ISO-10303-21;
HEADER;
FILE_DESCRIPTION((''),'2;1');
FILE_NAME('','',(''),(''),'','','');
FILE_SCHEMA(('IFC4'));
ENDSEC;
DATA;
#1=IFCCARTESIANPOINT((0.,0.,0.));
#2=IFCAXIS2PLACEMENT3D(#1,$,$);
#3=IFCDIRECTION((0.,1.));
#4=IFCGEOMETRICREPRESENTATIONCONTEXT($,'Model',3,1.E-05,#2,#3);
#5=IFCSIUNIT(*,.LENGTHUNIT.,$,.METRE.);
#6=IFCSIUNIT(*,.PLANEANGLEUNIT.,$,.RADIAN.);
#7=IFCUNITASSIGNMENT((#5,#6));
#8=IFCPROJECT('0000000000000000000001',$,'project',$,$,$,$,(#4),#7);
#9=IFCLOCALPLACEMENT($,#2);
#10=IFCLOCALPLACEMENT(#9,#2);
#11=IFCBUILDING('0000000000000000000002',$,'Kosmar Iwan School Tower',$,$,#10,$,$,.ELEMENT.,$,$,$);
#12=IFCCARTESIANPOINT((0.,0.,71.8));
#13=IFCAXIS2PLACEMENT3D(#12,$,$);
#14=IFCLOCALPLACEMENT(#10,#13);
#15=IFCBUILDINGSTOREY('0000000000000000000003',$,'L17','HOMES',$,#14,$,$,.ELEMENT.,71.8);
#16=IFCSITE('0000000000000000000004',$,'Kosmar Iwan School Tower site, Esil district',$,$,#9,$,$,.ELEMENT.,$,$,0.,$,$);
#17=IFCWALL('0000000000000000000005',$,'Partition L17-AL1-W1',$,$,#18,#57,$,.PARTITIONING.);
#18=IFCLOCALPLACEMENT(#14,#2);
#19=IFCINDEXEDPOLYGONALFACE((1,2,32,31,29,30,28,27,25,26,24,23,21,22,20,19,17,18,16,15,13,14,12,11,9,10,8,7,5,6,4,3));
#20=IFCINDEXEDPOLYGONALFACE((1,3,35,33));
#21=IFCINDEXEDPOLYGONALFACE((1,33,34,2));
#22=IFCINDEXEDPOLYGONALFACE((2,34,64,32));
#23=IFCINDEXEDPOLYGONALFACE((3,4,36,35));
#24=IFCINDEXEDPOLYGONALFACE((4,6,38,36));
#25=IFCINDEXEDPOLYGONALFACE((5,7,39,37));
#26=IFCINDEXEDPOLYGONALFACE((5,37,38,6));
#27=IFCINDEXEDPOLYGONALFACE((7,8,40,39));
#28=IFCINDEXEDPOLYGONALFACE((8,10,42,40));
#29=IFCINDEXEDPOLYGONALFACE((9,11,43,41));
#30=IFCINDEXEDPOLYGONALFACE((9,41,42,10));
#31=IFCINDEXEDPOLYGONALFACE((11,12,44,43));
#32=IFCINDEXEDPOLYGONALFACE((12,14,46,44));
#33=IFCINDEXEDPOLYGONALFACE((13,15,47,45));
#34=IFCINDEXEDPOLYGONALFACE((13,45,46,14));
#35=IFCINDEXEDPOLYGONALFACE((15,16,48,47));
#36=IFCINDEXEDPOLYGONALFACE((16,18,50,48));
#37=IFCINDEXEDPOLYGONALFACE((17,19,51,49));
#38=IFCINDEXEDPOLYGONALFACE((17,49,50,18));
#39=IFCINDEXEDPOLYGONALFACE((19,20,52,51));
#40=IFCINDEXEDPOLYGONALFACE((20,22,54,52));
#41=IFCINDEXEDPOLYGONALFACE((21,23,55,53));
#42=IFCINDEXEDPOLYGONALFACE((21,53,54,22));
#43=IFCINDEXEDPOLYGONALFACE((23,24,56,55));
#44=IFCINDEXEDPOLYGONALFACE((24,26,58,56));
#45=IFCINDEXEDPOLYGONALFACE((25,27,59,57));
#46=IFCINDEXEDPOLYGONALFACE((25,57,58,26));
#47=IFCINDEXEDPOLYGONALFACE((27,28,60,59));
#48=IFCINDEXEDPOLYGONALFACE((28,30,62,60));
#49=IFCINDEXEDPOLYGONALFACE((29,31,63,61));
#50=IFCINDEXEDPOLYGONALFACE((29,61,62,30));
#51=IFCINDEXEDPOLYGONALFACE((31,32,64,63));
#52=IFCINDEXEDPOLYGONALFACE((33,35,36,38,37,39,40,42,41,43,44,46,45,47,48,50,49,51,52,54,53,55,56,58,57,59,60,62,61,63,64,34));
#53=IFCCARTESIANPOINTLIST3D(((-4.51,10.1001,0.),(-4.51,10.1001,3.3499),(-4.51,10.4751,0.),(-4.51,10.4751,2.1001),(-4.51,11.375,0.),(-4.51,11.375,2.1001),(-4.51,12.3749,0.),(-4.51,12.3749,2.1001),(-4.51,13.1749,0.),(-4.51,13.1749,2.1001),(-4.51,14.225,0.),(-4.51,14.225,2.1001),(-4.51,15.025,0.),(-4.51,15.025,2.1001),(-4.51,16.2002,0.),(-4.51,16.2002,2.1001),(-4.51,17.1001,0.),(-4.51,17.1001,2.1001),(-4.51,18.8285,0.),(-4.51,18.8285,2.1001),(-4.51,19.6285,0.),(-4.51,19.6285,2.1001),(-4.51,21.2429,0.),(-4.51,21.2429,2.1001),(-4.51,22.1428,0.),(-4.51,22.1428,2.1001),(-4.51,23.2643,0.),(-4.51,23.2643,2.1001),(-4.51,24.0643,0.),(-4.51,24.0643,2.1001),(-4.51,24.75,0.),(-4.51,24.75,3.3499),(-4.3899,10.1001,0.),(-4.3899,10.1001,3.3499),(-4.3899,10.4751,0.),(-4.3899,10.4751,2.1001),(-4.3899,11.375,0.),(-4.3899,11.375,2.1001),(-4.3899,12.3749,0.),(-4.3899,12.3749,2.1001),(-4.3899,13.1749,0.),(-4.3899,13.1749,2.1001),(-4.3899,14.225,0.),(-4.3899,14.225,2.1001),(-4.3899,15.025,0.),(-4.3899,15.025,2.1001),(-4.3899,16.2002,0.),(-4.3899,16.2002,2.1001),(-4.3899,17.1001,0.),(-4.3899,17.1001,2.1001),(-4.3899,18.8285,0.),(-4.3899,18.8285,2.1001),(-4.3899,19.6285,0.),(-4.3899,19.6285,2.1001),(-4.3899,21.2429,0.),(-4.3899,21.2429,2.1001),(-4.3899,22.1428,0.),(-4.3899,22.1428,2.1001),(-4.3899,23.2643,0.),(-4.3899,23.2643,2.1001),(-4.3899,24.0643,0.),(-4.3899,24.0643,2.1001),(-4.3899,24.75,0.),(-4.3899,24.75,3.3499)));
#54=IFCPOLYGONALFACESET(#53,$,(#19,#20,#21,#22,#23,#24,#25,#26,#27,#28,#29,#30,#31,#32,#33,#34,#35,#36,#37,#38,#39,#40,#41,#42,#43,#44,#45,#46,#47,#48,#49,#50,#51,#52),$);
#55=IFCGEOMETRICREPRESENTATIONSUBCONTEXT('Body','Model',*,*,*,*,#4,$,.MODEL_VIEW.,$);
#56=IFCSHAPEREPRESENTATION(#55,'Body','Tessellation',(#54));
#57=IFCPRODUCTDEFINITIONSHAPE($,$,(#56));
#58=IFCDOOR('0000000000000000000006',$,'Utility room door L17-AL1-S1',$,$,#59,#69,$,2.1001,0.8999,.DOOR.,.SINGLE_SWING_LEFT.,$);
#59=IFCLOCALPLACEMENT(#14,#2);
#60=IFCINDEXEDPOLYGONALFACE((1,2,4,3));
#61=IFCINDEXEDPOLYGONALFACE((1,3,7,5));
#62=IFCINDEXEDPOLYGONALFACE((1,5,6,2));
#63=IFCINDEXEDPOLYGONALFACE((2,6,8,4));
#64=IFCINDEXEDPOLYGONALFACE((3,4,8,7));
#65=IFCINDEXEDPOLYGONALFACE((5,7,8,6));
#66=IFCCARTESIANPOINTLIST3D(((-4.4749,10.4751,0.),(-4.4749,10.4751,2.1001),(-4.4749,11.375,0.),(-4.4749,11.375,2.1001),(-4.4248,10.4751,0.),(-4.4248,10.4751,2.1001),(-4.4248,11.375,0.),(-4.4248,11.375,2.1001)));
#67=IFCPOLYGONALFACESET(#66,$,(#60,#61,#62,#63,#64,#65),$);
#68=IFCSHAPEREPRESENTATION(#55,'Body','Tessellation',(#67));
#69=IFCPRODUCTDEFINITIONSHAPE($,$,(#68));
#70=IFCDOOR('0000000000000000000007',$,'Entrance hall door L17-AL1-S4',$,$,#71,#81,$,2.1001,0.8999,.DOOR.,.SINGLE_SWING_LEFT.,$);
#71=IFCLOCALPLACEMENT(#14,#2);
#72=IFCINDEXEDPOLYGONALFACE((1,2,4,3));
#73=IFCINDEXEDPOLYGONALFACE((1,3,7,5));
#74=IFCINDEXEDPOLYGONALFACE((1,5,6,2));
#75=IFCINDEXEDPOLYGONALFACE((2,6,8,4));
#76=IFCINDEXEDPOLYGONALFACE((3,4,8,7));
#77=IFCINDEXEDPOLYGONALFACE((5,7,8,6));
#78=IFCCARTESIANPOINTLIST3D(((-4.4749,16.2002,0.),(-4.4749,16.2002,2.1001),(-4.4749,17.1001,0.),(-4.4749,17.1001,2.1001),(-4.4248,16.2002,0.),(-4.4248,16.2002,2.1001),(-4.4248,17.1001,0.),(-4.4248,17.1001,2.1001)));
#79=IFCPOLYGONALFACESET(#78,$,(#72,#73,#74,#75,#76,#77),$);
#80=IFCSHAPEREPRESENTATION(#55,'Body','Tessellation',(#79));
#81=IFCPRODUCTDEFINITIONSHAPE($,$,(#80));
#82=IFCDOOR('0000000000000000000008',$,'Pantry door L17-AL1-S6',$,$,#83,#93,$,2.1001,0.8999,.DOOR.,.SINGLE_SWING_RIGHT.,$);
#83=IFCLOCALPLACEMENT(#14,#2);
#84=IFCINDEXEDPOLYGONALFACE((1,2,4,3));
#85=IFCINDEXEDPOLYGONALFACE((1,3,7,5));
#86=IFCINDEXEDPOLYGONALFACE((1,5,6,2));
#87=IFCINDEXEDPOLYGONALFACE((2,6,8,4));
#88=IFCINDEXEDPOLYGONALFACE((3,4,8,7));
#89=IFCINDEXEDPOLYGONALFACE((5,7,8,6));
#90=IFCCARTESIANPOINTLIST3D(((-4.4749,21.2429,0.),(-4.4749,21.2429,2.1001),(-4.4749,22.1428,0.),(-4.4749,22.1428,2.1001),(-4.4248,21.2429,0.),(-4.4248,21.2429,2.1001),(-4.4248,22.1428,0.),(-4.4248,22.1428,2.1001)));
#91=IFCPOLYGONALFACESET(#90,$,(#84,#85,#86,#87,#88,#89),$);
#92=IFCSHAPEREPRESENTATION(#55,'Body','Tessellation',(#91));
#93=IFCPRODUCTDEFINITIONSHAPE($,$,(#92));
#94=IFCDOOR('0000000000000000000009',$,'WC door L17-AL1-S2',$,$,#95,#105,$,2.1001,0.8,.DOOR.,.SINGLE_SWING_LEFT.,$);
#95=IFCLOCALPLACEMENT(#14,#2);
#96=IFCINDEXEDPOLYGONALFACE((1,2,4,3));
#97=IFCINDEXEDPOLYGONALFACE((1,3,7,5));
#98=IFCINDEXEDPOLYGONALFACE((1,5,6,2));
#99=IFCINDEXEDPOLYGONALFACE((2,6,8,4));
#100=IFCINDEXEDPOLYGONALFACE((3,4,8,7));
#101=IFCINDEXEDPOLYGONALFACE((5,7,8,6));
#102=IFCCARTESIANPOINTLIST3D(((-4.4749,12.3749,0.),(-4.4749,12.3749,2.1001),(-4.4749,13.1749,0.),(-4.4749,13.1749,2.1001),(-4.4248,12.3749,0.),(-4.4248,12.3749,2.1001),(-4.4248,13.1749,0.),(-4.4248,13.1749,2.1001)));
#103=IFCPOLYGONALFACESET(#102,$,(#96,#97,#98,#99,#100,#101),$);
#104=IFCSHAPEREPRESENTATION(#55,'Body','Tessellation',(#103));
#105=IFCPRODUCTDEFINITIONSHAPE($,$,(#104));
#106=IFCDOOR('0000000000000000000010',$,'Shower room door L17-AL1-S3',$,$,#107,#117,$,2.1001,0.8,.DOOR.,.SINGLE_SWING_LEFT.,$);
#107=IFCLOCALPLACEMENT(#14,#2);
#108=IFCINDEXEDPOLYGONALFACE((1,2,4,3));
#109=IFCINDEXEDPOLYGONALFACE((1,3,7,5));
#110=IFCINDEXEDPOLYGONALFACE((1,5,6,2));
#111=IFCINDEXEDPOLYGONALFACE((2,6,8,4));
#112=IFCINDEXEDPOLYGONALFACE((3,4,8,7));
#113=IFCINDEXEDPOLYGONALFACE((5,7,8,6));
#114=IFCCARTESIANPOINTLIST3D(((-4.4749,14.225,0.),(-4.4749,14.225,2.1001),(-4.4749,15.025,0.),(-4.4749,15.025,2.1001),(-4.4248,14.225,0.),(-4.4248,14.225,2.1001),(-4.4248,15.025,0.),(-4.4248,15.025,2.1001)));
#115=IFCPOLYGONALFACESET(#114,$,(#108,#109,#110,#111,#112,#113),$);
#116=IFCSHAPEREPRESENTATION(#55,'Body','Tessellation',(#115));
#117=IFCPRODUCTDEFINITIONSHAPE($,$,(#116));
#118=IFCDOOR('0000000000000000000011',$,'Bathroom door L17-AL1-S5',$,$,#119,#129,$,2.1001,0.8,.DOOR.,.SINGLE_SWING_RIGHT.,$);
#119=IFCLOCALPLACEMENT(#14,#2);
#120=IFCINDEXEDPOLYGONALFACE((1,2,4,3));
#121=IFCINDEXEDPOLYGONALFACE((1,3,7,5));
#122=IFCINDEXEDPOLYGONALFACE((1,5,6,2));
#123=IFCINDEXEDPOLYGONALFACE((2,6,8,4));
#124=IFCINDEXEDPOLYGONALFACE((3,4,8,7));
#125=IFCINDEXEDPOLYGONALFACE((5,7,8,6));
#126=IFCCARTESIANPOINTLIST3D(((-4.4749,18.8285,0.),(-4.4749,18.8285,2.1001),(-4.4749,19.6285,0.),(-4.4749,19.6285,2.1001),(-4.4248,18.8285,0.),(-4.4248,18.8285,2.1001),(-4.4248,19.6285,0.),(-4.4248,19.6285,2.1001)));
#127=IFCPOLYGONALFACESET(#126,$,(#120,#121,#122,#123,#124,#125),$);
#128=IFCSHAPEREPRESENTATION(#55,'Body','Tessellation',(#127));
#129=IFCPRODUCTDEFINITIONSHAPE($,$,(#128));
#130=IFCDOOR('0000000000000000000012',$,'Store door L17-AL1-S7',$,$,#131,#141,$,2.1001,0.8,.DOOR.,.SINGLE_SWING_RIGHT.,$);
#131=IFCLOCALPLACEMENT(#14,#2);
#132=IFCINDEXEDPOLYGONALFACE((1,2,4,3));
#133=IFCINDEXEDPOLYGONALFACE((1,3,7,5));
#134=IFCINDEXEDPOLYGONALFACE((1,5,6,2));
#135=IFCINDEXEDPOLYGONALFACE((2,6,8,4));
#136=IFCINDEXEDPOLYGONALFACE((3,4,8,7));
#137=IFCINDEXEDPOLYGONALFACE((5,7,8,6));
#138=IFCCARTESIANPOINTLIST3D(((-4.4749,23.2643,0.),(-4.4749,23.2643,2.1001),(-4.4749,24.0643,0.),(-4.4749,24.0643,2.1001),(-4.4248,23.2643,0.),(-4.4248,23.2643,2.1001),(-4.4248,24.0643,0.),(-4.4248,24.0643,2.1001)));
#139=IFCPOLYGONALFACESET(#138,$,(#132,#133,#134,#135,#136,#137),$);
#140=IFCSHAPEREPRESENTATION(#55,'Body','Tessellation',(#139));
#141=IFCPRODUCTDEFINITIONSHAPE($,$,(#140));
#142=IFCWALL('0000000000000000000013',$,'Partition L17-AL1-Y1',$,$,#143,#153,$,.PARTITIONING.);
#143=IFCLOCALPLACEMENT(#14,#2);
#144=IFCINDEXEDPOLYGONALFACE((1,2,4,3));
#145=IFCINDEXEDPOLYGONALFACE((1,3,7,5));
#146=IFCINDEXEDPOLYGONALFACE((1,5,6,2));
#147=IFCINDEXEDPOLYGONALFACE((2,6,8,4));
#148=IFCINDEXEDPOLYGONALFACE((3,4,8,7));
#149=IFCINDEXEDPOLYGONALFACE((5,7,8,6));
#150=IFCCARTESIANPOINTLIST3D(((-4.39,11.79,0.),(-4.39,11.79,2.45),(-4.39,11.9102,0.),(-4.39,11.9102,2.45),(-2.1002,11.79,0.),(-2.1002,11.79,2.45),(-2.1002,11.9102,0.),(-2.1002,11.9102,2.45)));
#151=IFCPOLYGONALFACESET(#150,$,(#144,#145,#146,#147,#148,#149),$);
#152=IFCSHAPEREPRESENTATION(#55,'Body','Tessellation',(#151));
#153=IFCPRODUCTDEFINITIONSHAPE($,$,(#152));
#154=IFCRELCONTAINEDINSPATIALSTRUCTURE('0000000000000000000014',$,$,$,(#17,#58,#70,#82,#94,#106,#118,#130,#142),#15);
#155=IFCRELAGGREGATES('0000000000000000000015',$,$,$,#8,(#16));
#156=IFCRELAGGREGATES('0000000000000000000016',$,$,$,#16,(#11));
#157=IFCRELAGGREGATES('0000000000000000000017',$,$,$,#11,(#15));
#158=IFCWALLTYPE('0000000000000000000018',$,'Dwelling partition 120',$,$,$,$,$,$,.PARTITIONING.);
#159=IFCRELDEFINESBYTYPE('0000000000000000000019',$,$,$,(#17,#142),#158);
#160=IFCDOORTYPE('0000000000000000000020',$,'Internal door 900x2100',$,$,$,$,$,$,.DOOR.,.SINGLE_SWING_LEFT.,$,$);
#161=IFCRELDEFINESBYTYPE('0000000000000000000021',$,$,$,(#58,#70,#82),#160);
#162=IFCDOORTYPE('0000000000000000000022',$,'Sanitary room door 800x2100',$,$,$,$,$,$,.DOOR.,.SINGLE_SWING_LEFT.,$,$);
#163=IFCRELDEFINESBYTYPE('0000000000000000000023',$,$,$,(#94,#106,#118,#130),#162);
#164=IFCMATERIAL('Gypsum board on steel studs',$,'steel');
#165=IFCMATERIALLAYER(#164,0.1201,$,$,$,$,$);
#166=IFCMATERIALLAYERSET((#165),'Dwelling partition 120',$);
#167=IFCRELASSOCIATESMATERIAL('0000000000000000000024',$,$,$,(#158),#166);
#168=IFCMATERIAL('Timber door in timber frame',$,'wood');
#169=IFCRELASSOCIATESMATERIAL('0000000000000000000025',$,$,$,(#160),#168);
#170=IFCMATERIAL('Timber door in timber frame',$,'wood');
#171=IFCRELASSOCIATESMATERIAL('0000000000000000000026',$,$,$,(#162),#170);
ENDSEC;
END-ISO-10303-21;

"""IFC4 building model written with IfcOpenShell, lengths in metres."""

from ifc_helpers import new_model, si_unit, direction, frame, frame_2d, origin, place, context, subcontext, project, spatial, rectangle, extrude, material, layer, layer_set, type_object, element, fill, save


model = new_model("IFC4")

# Units and contexts
model_context = context("Model", 3, precision=1e-05, world=origin(), true_north=direction((0.0, 1.0)))
body_context = subcontext(model_context, "Body", "Model", "MODEL_VIEW")
ifc_project = project(units=[si_unit("LENGTHUNIT", "METRE"), si_unit("PLANEANGLEUNIT", "RADIAN")], contexts=[model_context])

# Site, building, storey
site_placement = place(None, origin())
site = spatial("IfcSite", under=ifc_project, at=site_placement, Name="Kosmar Iwan School Tower site, Esil district", CompositionType="ELEMENT", RefElevation=0.0)
building_placement = place(site_placement, origin())
building = spatial("IfcBuilding", under=site, at=building_placement, Name="Kosmar Iwan School Tower", CompositionType="ELEMENT")
storey_placement = place(building_placement, frame((0.0, 0.0, 71.8)))
storey = spatial("IfcBuildingStorey", under=building, at=storey_placement, Name="L17", Description="HOMES", CompositionType="ELEMENT", Elevation=71.8)

# Wall, openings, doors
ifc_material_1 = material(Name="Gypsum board on steel studs", Category="steel")
ifc_layer_1 = layer(ifc_material_1, 0.1201)
ifc_layer_set_1 = layer_set([ifc_layer_1], Name="Dwelling partition 120")
wall_type_1 = type_object("IfcWallType", Name="Dwelling partition 120", PredefinedType="PARTITIONING", material=ifc_layer_set_1)
wall_1_placement = place(storey_placement, frame((-4.45, 10.1001, 0.0), z_axis=(0.0, 0.0, 1.0), x_axis=(0.0, 1.0, 0.0)))
wall_1 = element("IfcWall", 1, at=wall_1_placement, inside=storey, type_object=wall_type_1, Name="Partition L17-AL1-W1", PredefinedType="PARTITIONING", context=body_context, shape_type="SweptSolid", body=[
    extrude(rectangle(XDim=14.6499, YDim=0.1201, at=frame_2d((7.325, 0.0))), origin(), (0.0, 0.0, 1.0), 3.3499),
])
opening_1_placement = place(wall_1_placement, frame((0.375, 0.0, 0.0)))
opening_1 = element("IfcOpeningElement", 2, at=opening_1_placement, cuts=wall_1, PredefinedType="OPENING", context=body_context, shape_type="SweptSolid", body=[
    extrude(rectangle(XDim=0.8999, YDim=2.1001, at=frame_2d((0.45, 1.05))), frame((0.0, 0.072, 0.0), z_axis=(0.0, -1.0, 0.0), x_axis=(1.0, 0.0, 0.0)), (0.0, 0.0, 1.0), 0.144),
])
opening_2_placement = place(wall_1_placement, frame((2.2749, 0.0, 0.0)))
opening_2 = element("IfcOpeningElement", 3, at=opening_2_placement, cuts=wall_1, PredefinedType="OPENING", context=body_context, shape_type="SweptSolid", body=[
    extrude(rectangle(XDim=0.8, YDim=2.1001, at=frame_2d((0.3999, 1.05))), frame((0.0, 0.072, 0.0), z_axis=(0.0, -1.0, 0.0), x_axis=(1.0, 0.0, 0.0)), (0.0, 0.0, 1.0), 0.144),
])
opening_3_placement = place(wall_1_placement, frame((4.125, 0.0, 0.0)))
opening_3 = element("IfcOpeningElement", 4, at=opening_3_placement, cuts=wall_1, PredefinedType="OPENING", context=body_context, shape_type="SweptSolid", body=[
    extrude(rectangle(XDim=0.8, YDim=2.1001, at=frame_2d((0.3999, 1.05))), frame((0.0, 0.072, 0.0), z_axis=(0.0, -1.0, 0.0), x_axis=(1.0, 0.0, 0.0)), (0.0, 0.0, 1.0), 0.144),
])
opening_4_placement = place(wall_1_placement, frame((6.1001, 0.0, 0.0)))
opening_4 = element("IfcOpeningElement", 5, at=opening_4_placement, cuts=wall_1, PredefinedType="OPENING", context=body_context, shape_type="SweptSolid", body=[
    extrude(rectangle(XDim=0.8999, YDim=2.1001, at=frame_2d((0.45, 1.05))), frame((0.0, 0.072, 0.0), z_axis=(0.0, -1.0, 0.0), x_axis=(1.0, 0.0, 0.0)), (0.0, 0.0, 1.0), 0.144),
])
opening_5_placement = place(wall_1_placement, frame((8.7285, 0.0, 0.0)))
opening_5 = element("IfcOpeningElement", 6, at=opening_5_placement, cuts=wall_1, PredefinedType="OPENING", context=body_context, shape_type="SweptSolid", body=[
    extrude(rectangle(XDim=0.8, YDim=2.1001, at=frame_2d((0.3999, 1.05))), frame((0.0, 0.072, 0.0), z_axis=(0.0, -1.0, 0.0), x_axis=(1.0, 0.0, 0.0)), (0.0, 0.0, 1.0), 0.144),
])
opening_6_placement = place(wall_1_placement, frame((11.1428, 0.0, 0.0)))
opening_6 = element("IfcOpeningElement", 7, at=opening_6_placement, cuts=wall_1, PredefinedType="OPENING", context=body_context, shape_type="SweptSolid", body=[
    extrude(rectangle(XDim=0.8999, YDim=2.1001, at=frame_2d((0.45, 1.05))), frame((0.0, 0.072, 0.0), z_axis=(0.0, -1.0, 0.0), x_axis=(1.0, 0.0, 0.0)), (0.0, 0.0, 1.0), 0.144),
])
opening_7_placement = place(wall_1_placement, frame((13.1643, 0.0, 0.0)))
opening_7 = element("IfcOpeningElement", 8, at=opening_7_placement, cuts=wall_1, PredefinedType="OPENING", context=body_context, shape_type="SweptSolid", body=[
    extrude(rectangle(XDim=0.8, YDim=2.1001, at=frame_2d((0.3999, 1.05))), frame((0.0, 0.072, 0.0), z_axis=(0.0, -1.0, 0.0), x_axis=(1.0, 0.0, 0.0)), (0.0, 0.0, 1.0), 0.144),
])
ifc_material_2 = material(Name="Timber door in timber frame", Category="wood")
door_type_1 = type_object("IfcDoorType", Name="Internal door 900x2100", OperationType="SINGLE_SWING_LEFT", PredefinedType="DOOR", material=ifc_material_2)
door_1_placement = place(opening_1_placement, origin())
door_1 = element("IfcDoor", 9, at=door_1_placement, inside=storey, type_object=door_type_1, Name="Utility room door L17-AL1-S1", OperationType="SINGLE_SWING_LEFT", OverallHeight=2.1001, OverallWidth=0.8999, PredefinedType="DOOR", context=body_context, shape_type="SweptSolid", body=[
    extrude(rectangle(XDim=0.8999, YDim=2.1001, at=frame_2d((0.45, 1.05))), frame((0.0, 0.0249, 0.0), z_axis=(0.0, -1.0, 0.0), x_axis=(1.0, 0.0, 0.0)), (0.0, 0.0, 1.0), 0.05),
])
fill(opening_1, door_1)
door_2_placement = place(opening_4_placement, origin())
door_2 = element("IfcDoor", 10, at=door_2_placement, inside=storey, type_object=door_type_1, Name="Entrance hall door L17-AL1-S4", OperationType="SINGLE_SWING_LEFT", OverallHeight=2.1001, OverallWidth=0.8999, PredefinedType="DOOR", context=body_context, shape_type="SweptSolid", body=[
    extrude(rectangle(XDim=0.8999, YDim=2.1001, at=frame_2d((0.45, 1.05))), frame((0.0, 0.0249, 0.0), z_axis=(0.0, -1.0, 0.0), x_axis=(1.0, 0.0, 0.0)), (0.0, 0.0, 1.0), 0.05),
])
fill(opening_4, door_2)
door_3_placement = place(opening_6_placement, origin())
door_3 = element("IfcDoor", 11, at=door_3_placement, inside=storey, type_object=door_type_1, Name="Pantry door L17-AL1-S6", OperationType="SINGLE_SWING_RIGHT", OverallHeight=2.1001, OverallWidth=0.8999, PredefinedType="DOOR", context=body_context, shape_type="SweptSolid", body=[
    extrude(rectangle(XDim=0.8999, YDim=2.1001, at=frame_2d((0.45, 1.05))), frame((0.0, 0.0249, 0.0), z_axis=(0.0, -1.0, 0.0), x_axis=(1.0, 0.0, 0.0)), (0.0, 0.0, 1.0), 0.05),
])
fill(opening_6, door_3)
ifc_material_3 = material(Name="Timber door in timber frame", Category="wood")
door_type_2 = type_object("IfcDoorType", Name="Sanitary room door 800x2100", OperationType="SINGLE_SWING_LEFT", PredefinedType="DOOR", material=ifc_material_3)
door_4_placement = place(opening_2_placement, origin())
door_4 = element("IfcDoor", 12, at=door_4_placement, inside=storey, type_object=door_type_2, Name="WC door L17-AL1-S2", OperationType="SINGLE_SWING_LEFT", OverallHeight=2.1001, OverallWidth=0.8, PredefinedType="DOOR", context=body_context, shape_type="SweptSolid", body=[
    extrude(rectangle(XDim=0.8, YDim=2.1001, at=frame_2d((0.3999, 1.05))), frame((0.0, 0.0249, 0.0), z_axis=(0.0, -1.0, 0.0), x_axis=(1.0, 0.0, 0.0)), (0.0, 0.0, 1.0), 0.05),
])
fill(opening_2, door_4)
door_5_placement = place(opening_3_placement, origin())
door_5 = element("IfcDoor", 13, at=door_5_placement, inside=storey, type_object=door_type_2, Name="Shower room door L17-AL1-S3", OperationType="SINGLE_SWING_LEFT", OverallHeight=2.1001, OverallWidth=0.8, PredefinedType="DOOR", context=body_context, shape_type="SweptSolid", body=[
    extrude(rectangle(XDim=0.8, YDim=2.1001, at=frame_2d((0.3999, 1.05))), frame((0.0, 0.0249, 0.0), z_axis=(0.0, -1.0, 0.0), x_axis=(1.0, 0.0, 0.0)), (0.0, 0.0, 1.0), 0.05),
])
fill(opening_3, door_5)
door_6_placement = place(opening_5_placement, origin())
door_6 = element("IfcDoor", 14, at=door_6_placement, inside=storey, type_object=door_type_2, Name="Bathroom door L17-AL1-S5", OperationType="SINGLE_SWING_RIGHT", OverallHeight=2.1001, OverallWidth=0.8, PredefinedType="DOOR", context=body_context, shape_type="SweptSolid", body=[
    extrude(rectangle(XDim=0.8, YDim=2.1001, at=frame_2d((0.3999, 1.05))), frame((0.0, 0.0249, 0.0), z_axis=(0.0, -1.0, 0.0), x_axis=(1.0, 0.0, 0.0)), (0.0, 0.0, 1.0), 0.05),
])
fill(opening_5, door_6)
door_7_placement = place(opening_7_placement, origin())
door_7 = element("IfcDoor", 15, at=door_7_placement, inside=storey, type_object=door_type_2, Name="Store door L17-AL1-S7", OperationType="SINGLE_SWING_RIGHT", OverallHeight=2.1001, OverallWidth=0.8, PredefinedType="DOOR", context=body_context, shape_type="SweptSolid", body=[
    extrude(rectangle(XDim=0.8, YDim=2.1001, at=frame_2d((0.3999, 1.05))), frame((0.0, 0.0249, 0.0), z_axis=(0.0, -1.0, 0.0), x_axis=(1.0, 0.0, 0.0)), (0.0, 0.0, 1.0), 0.05),
])
fill(opening_7, door_7)

# Wall
wall_2_placement = place(storey_placement, frame((-2.1001, 11.8501, 0.0), z_axis=(0.0, 0.0, 1.0), x_axis=(-1.0, 0.0, 0.0)))
element("IfcWall", 16, at=wall_2_placement, inside=storey, type_object=wall_type_1, Name="Partition L17-AL1-Y1", PredefinedType="PARTITIONING", context=body_context, shape_type="SweptSolid", body=[
    extrude(rectangle(XDim=2.2898, YDim=0.1201, at=frame_2d((1.145, 0.0))), origin(), (0.0, 0.0, 1.0), 2.45),
])

save(model, "model.ifc")
